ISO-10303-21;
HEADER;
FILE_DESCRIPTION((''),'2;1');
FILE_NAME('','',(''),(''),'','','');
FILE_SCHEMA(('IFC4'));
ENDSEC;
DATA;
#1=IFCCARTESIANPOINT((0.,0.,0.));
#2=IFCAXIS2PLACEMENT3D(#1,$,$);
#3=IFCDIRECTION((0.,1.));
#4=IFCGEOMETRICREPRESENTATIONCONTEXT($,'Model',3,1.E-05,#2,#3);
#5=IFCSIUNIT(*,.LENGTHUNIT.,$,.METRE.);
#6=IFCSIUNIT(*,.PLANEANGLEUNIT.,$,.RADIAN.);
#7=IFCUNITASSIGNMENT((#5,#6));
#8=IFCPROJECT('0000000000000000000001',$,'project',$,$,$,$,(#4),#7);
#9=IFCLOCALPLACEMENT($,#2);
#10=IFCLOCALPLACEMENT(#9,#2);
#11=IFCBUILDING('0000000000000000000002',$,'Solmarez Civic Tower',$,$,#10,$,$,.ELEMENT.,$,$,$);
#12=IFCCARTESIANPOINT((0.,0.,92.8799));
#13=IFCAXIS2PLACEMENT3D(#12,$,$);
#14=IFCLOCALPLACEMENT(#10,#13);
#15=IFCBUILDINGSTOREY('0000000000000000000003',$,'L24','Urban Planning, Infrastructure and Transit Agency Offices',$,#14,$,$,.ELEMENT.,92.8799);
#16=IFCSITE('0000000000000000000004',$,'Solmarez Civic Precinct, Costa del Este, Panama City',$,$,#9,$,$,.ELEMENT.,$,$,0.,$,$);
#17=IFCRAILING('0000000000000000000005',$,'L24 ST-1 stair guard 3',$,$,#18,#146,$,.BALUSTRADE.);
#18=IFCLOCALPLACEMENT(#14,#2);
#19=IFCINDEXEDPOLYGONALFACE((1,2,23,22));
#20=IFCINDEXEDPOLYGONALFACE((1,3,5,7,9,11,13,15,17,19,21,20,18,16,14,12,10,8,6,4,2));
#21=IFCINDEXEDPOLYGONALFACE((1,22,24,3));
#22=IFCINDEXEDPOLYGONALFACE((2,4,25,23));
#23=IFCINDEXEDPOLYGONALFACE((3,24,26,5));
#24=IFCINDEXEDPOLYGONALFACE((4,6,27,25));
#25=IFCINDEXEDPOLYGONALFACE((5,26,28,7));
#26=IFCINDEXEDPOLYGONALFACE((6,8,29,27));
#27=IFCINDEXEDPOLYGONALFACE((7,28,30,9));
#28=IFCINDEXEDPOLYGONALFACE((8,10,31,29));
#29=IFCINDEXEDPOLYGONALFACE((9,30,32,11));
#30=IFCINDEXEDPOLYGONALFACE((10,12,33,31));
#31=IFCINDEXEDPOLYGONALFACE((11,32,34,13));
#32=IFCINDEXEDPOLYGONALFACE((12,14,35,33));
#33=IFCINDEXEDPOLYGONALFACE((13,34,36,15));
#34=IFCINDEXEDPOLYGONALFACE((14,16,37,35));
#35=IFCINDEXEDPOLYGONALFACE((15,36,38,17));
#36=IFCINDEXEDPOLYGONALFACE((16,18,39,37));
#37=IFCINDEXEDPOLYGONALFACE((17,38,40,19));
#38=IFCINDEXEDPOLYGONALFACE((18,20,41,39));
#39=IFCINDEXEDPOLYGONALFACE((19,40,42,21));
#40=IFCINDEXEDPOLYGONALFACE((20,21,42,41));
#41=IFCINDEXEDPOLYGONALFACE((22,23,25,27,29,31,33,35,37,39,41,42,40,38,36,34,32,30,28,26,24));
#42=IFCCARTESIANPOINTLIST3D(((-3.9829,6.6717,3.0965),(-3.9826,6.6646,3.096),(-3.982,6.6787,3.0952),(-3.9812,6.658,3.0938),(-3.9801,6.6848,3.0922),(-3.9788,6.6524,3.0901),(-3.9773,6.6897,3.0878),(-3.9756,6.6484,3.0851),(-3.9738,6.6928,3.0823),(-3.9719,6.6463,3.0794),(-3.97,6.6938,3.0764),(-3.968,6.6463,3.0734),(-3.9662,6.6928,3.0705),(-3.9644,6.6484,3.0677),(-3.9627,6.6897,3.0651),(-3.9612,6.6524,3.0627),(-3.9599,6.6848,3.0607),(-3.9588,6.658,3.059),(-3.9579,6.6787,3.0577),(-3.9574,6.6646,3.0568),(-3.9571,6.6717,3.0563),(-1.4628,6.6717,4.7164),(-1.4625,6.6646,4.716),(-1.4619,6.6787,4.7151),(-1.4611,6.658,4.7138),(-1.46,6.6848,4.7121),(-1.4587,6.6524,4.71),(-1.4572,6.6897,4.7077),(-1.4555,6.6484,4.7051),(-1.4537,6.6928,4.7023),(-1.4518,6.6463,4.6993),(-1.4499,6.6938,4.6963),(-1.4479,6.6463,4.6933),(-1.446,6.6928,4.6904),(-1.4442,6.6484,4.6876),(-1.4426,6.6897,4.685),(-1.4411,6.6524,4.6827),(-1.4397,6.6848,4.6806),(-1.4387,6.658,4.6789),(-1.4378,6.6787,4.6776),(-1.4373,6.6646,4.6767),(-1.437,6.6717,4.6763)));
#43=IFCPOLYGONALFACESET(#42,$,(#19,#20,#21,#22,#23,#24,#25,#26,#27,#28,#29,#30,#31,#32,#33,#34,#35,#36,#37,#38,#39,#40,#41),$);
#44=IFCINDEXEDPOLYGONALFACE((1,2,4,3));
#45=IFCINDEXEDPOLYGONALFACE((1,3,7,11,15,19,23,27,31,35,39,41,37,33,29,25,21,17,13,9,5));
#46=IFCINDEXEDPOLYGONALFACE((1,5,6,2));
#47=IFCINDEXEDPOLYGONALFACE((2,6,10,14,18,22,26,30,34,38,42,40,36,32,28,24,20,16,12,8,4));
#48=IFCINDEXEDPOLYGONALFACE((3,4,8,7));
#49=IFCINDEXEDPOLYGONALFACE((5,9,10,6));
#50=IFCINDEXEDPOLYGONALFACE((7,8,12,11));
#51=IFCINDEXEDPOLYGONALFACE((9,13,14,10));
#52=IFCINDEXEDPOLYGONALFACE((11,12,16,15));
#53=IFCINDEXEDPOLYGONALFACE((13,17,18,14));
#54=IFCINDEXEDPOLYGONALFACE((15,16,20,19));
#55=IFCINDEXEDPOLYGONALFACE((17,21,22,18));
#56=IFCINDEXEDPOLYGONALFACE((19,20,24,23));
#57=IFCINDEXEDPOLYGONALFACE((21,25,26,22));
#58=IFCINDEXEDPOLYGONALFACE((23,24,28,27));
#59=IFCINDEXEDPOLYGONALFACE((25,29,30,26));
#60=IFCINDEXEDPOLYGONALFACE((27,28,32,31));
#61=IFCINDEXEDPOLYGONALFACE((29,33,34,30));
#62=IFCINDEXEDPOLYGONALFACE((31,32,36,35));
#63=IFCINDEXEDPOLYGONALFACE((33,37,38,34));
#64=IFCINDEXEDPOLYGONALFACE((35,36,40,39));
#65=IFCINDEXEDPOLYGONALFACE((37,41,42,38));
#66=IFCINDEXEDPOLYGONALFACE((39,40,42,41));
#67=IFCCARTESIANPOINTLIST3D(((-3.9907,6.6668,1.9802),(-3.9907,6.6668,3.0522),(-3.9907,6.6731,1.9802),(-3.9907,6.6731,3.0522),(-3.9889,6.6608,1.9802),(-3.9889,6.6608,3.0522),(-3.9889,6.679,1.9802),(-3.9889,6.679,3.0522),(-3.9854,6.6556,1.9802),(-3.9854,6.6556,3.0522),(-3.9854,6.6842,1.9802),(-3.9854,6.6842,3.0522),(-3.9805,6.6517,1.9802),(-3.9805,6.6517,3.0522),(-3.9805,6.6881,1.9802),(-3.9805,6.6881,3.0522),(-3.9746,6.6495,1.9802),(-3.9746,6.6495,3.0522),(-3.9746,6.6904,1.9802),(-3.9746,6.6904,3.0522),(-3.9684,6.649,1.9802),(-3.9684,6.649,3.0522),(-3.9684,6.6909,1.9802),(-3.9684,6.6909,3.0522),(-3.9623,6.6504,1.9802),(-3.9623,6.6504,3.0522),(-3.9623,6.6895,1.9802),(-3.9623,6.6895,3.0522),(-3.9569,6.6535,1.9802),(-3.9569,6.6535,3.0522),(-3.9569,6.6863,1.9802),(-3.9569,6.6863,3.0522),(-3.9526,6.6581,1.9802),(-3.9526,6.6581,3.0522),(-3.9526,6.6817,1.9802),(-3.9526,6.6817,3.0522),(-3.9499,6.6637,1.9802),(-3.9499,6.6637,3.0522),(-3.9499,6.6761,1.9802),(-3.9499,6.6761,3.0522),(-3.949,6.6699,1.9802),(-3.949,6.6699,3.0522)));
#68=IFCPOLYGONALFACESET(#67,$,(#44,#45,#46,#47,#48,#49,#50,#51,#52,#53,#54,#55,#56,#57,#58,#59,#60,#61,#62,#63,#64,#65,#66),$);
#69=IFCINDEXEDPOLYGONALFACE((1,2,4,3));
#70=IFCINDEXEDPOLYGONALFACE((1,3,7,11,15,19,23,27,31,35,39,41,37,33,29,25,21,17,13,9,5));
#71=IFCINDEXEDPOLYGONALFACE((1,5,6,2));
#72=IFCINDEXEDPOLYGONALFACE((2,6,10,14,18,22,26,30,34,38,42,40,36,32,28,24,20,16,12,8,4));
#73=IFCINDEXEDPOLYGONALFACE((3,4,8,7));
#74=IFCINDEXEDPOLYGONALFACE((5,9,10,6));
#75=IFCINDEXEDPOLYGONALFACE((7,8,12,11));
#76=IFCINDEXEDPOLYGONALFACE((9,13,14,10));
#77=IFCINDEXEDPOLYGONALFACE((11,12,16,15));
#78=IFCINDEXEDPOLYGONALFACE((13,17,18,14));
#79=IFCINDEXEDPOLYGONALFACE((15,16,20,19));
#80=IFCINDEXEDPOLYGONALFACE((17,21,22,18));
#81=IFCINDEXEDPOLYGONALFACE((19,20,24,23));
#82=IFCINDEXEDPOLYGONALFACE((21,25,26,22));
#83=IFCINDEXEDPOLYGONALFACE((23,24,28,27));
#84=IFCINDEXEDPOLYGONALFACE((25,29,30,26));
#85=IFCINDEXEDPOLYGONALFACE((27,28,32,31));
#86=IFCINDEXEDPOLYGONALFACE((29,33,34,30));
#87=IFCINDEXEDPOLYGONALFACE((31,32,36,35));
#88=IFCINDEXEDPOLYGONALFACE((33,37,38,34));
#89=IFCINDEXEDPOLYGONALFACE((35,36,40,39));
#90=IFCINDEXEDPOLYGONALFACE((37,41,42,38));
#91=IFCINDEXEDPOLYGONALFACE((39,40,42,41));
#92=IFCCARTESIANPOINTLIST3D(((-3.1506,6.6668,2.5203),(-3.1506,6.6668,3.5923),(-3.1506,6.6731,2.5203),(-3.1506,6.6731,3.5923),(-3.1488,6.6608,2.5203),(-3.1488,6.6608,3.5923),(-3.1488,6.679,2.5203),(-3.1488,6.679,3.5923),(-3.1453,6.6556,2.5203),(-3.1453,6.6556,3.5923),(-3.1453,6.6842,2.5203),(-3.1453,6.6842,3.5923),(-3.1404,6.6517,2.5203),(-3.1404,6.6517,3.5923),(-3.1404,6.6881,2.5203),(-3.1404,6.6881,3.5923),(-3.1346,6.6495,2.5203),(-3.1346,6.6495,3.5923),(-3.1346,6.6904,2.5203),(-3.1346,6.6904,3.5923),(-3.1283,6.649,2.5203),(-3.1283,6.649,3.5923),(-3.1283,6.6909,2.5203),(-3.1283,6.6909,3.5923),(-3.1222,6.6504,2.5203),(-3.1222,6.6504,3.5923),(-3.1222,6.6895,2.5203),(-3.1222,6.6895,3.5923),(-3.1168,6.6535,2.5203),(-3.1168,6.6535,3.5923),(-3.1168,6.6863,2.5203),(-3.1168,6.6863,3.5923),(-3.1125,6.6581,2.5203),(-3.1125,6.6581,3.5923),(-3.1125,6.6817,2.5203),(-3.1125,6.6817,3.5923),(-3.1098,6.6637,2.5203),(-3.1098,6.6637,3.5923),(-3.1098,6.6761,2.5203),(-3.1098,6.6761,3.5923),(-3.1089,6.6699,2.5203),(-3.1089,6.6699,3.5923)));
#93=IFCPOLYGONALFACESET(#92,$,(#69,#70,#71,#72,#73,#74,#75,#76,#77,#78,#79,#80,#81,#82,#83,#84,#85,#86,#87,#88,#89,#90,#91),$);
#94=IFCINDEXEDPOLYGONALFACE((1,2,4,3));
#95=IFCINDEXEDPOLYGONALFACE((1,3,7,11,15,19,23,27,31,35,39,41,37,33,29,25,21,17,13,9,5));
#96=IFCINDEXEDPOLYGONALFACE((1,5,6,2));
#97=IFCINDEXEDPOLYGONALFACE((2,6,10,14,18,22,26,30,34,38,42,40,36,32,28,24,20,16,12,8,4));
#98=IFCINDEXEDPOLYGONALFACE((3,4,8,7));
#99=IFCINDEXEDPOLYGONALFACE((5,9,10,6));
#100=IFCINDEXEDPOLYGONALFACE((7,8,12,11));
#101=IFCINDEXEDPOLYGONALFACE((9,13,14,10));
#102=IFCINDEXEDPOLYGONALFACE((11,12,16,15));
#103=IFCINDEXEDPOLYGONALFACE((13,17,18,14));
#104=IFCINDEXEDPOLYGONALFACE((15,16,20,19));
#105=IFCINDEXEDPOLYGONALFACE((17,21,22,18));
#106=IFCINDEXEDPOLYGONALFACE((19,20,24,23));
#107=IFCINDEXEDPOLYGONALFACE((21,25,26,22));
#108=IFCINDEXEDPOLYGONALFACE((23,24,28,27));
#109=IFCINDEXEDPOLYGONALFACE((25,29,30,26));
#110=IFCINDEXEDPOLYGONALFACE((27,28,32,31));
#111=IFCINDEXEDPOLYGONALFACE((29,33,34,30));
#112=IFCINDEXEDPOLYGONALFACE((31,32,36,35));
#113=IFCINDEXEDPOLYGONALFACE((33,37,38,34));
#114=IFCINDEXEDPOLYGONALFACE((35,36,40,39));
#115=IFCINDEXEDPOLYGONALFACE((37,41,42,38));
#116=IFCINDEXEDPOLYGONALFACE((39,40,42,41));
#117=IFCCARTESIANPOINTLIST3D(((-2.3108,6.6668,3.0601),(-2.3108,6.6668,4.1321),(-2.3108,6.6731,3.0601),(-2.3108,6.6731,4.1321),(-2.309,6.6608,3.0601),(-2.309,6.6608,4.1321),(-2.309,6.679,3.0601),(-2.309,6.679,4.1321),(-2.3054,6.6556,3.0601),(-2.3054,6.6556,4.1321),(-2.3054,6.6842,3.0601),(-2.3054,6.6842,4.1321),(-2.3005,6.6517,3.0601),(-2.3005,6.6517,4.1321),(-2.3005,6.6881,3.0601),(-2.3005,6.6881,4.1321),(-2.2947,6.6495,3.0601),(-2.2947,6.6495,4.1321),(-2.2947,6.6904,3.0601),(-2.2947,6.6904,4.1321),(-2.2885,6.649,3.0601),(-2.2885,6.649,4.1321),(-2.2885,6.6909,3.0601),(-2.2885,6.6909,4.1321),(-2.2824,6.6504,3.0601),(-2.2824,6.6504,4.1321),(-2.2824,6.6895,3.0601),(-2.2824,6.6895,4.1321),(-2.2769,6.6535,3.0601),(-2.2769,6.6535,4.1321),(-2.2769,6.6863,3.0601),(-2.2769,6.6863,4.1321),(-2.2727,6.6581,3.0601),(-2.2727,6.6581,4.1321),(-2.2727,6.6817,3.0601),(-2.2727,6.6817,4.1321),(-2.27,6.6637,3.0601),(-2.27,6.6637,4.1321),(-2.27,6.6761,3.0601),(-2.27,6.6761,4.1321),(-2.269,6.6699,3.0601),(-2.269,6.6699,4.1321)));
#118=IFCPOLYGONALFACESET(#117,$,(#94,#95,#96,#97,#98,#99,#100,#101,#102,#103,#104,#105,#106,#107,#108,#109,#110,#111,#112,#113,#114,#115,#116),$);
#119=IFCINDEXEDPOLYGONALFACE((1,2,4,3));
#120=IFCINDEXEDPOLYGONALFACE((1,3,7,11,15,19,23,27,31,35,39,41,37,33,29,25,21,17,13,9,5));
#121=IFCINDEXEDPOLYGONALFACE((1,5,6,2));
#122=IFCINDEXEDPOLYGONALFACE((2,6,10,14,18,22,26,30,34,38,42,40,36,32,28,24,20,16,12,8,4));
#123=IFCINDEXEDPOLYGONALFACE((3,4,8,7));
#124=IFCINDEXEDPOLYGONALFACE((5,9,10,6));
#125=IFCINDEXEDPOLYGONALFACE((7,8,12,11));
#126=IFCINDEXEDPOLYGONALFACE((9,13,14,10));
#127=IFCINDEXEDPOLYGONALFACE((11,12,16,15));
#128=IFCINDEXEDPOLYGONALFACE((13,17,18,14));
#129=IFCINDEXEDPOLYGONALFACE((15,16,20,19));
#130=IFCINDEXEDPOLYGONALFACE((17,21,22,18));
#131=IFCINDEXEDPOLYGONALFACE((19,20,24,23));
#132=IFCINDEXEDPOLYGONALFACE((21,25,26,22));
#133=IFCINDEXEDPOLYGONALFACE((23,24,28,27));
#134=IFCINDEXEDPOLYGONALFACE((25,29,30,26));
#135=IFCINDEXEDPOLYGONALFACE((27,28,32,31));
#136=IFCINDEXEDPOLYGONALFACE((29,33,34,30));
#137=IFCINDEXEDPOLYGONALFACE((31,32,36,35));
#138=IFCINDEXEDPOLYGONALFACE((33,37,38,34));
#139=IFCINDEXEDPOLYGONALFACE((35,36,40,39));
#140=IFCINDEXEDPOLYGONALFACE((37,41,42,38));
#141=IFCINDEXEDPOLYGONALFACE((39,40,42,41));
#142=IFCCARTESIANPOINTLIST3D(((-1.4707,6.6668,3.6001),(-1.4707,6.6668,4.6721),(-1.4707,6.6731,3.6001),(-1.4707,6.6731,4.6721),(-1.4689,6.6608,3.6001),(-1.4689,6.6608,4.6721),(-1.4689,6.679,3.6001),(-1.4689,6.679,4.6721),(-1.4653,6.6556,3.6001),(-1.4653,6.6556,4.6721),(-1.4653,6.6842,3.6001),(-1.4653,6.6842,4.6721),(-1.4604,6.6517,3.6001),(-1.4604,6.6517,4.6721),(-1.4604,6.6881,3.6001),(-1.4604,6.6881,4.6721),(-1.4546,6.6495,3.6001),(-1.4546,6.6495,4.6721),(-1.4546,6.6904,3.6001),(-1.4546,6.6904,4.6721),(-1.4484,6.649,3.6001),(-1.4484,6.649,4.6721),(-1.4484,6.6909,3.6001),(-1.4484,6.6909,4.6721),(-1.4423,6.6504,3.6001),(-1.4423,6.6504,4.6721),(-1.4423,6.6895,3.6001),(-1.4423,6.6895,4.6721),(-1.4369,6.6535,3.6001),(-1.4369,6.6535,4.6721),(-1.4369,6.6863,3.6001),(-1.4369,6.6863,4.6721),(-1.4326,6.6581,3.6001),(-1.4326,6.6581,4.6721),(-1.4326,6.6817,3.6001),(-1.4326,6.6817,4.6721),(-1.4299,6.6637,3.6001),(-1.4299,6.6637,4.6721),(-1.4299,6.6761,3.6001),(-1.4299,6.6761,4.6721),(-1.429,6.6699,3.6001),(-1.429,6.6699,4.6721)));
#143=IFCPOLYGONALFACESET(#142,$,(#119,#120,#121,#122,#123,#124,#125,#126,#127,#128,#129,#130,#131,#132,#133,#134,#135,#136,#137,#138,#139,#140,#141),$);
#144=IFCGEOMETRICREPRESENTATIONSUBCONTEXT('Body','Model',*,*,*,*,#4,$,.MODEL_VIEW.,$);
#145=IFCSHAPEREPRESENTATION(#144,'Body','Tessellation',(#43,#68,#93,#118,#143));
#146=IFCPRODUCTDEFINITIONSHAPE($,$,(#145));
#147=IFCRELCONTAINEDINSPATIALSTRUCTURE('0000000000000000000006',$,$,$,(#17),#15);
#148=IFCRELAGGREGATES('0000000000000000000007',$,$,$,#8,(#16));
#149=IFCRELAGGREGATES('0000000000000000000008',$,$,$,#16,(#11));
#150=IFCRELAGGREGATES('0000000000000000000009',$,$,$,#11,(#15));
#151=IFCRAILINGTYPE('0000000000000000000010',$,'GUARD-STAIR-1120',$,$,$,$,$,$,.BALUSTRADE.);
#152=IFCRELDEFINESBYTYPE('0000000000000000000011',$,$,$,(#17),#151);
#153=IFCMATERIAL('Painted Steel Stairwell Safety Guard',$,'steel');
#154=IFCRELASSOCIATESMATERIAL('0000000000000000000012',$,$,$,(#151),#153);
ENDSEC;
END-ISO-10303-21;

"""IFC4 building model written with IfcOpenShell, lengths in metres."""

from ifc_helpers import new_model, si_unit, direction, frame, origin, origin_2d, place, context, subcontext, project, spatial, circle, extrude, material, type_object, element, save


model = new_model("IFC4")

# Units and contexts
model_context = context("Model", 3, precision=1e-05, world=origin(), true_north=direction((0.0, 1.0)))
body_context = subcontext(model_context, "Body", "Model", "MODEL_VIEW")
ifc_project = project(units=[si_unit("LENGTHUNIT", "METRE"), si_unit("PLANEANGLEUNIT", "RADIAN")], contexts=[model_context])

# Site, building, storey
site_placement = place(None, origin())
site = spatial("IfcSite", under=ifc_project, at=site_placement, Name="Solmarez Civic Precinct, Costa del Este, Panama City", CompositionType="ELEMENT", RefElevation=0.0)
building_placement = place(site_placement, origin())
building = spatial("IfcBuilding", under=site, at=building_placement, Name="Solmarez Civic Tower", CompositionType="ELEMENT")
storey_placement = place(building_placement, frame((0.0, 0.0, 92.8799)))
storey = spatial("IfcBuildingStorey", under=building, at=storey_placement, Name="L24", Description="Urban Planning, Infrastructure and Transit Agency Offices", CompositionType="ELEMENT", Elevation=92.8799)

# Railing
ifc_material_1 = material(Name="Painted Steel Stairwell Safety Guard", Category="steel")
railing_type_1 = type_object("IfcRailingType", Name="GUARD-STAIR-1120", PredefinedType="BALUSTRADE", material=ifc_material_1)
railing_1_placement = place(storey_placement, frame((-3.97, 6.6699, 1.9802)))
element("IfcRailing", 1, at=railing_1_placement, inside=storey, type_object=railing_type_1, Name="L24 ST-1 stair guard 3", PredefinedType="BALUSTRADE", context=body_context, shape_type="SweptSolid", body=[
    extrude(circle(Radius=0.0239, at=origin_2d()), frame((0.0, 0.0, 1.0962), z_axis=(0.8412, 0.0, 0.540725), x_axis=(0.0, 1.0, 0.0)), (0.0, 0.0, 1.0), 2.9958),
    extrude(circle(Radius=0.021, at=origin_2d()), origin(), (0.0, 0.0, 1.0), 1.072),
    extrude(circle(Radius=0.021, at=origin_2d()), frame((0.8401, 0.0, 0.54)), (0.0, 0.0, 1.0), 1.072),
    extrude(circle(Radius=0.021, at=origin_2d()), frame((1.6799, 0.0, 1.0798)), (0.0, 0.0, 1.0), 1.072),
    extrude(circle(Radius=0.021, at=origin_2d()), frame((2.52, 0.0, 1.6199)), (0.0, 0.0, 1.0), 1.072),
])

save(model, "model.ifc")
